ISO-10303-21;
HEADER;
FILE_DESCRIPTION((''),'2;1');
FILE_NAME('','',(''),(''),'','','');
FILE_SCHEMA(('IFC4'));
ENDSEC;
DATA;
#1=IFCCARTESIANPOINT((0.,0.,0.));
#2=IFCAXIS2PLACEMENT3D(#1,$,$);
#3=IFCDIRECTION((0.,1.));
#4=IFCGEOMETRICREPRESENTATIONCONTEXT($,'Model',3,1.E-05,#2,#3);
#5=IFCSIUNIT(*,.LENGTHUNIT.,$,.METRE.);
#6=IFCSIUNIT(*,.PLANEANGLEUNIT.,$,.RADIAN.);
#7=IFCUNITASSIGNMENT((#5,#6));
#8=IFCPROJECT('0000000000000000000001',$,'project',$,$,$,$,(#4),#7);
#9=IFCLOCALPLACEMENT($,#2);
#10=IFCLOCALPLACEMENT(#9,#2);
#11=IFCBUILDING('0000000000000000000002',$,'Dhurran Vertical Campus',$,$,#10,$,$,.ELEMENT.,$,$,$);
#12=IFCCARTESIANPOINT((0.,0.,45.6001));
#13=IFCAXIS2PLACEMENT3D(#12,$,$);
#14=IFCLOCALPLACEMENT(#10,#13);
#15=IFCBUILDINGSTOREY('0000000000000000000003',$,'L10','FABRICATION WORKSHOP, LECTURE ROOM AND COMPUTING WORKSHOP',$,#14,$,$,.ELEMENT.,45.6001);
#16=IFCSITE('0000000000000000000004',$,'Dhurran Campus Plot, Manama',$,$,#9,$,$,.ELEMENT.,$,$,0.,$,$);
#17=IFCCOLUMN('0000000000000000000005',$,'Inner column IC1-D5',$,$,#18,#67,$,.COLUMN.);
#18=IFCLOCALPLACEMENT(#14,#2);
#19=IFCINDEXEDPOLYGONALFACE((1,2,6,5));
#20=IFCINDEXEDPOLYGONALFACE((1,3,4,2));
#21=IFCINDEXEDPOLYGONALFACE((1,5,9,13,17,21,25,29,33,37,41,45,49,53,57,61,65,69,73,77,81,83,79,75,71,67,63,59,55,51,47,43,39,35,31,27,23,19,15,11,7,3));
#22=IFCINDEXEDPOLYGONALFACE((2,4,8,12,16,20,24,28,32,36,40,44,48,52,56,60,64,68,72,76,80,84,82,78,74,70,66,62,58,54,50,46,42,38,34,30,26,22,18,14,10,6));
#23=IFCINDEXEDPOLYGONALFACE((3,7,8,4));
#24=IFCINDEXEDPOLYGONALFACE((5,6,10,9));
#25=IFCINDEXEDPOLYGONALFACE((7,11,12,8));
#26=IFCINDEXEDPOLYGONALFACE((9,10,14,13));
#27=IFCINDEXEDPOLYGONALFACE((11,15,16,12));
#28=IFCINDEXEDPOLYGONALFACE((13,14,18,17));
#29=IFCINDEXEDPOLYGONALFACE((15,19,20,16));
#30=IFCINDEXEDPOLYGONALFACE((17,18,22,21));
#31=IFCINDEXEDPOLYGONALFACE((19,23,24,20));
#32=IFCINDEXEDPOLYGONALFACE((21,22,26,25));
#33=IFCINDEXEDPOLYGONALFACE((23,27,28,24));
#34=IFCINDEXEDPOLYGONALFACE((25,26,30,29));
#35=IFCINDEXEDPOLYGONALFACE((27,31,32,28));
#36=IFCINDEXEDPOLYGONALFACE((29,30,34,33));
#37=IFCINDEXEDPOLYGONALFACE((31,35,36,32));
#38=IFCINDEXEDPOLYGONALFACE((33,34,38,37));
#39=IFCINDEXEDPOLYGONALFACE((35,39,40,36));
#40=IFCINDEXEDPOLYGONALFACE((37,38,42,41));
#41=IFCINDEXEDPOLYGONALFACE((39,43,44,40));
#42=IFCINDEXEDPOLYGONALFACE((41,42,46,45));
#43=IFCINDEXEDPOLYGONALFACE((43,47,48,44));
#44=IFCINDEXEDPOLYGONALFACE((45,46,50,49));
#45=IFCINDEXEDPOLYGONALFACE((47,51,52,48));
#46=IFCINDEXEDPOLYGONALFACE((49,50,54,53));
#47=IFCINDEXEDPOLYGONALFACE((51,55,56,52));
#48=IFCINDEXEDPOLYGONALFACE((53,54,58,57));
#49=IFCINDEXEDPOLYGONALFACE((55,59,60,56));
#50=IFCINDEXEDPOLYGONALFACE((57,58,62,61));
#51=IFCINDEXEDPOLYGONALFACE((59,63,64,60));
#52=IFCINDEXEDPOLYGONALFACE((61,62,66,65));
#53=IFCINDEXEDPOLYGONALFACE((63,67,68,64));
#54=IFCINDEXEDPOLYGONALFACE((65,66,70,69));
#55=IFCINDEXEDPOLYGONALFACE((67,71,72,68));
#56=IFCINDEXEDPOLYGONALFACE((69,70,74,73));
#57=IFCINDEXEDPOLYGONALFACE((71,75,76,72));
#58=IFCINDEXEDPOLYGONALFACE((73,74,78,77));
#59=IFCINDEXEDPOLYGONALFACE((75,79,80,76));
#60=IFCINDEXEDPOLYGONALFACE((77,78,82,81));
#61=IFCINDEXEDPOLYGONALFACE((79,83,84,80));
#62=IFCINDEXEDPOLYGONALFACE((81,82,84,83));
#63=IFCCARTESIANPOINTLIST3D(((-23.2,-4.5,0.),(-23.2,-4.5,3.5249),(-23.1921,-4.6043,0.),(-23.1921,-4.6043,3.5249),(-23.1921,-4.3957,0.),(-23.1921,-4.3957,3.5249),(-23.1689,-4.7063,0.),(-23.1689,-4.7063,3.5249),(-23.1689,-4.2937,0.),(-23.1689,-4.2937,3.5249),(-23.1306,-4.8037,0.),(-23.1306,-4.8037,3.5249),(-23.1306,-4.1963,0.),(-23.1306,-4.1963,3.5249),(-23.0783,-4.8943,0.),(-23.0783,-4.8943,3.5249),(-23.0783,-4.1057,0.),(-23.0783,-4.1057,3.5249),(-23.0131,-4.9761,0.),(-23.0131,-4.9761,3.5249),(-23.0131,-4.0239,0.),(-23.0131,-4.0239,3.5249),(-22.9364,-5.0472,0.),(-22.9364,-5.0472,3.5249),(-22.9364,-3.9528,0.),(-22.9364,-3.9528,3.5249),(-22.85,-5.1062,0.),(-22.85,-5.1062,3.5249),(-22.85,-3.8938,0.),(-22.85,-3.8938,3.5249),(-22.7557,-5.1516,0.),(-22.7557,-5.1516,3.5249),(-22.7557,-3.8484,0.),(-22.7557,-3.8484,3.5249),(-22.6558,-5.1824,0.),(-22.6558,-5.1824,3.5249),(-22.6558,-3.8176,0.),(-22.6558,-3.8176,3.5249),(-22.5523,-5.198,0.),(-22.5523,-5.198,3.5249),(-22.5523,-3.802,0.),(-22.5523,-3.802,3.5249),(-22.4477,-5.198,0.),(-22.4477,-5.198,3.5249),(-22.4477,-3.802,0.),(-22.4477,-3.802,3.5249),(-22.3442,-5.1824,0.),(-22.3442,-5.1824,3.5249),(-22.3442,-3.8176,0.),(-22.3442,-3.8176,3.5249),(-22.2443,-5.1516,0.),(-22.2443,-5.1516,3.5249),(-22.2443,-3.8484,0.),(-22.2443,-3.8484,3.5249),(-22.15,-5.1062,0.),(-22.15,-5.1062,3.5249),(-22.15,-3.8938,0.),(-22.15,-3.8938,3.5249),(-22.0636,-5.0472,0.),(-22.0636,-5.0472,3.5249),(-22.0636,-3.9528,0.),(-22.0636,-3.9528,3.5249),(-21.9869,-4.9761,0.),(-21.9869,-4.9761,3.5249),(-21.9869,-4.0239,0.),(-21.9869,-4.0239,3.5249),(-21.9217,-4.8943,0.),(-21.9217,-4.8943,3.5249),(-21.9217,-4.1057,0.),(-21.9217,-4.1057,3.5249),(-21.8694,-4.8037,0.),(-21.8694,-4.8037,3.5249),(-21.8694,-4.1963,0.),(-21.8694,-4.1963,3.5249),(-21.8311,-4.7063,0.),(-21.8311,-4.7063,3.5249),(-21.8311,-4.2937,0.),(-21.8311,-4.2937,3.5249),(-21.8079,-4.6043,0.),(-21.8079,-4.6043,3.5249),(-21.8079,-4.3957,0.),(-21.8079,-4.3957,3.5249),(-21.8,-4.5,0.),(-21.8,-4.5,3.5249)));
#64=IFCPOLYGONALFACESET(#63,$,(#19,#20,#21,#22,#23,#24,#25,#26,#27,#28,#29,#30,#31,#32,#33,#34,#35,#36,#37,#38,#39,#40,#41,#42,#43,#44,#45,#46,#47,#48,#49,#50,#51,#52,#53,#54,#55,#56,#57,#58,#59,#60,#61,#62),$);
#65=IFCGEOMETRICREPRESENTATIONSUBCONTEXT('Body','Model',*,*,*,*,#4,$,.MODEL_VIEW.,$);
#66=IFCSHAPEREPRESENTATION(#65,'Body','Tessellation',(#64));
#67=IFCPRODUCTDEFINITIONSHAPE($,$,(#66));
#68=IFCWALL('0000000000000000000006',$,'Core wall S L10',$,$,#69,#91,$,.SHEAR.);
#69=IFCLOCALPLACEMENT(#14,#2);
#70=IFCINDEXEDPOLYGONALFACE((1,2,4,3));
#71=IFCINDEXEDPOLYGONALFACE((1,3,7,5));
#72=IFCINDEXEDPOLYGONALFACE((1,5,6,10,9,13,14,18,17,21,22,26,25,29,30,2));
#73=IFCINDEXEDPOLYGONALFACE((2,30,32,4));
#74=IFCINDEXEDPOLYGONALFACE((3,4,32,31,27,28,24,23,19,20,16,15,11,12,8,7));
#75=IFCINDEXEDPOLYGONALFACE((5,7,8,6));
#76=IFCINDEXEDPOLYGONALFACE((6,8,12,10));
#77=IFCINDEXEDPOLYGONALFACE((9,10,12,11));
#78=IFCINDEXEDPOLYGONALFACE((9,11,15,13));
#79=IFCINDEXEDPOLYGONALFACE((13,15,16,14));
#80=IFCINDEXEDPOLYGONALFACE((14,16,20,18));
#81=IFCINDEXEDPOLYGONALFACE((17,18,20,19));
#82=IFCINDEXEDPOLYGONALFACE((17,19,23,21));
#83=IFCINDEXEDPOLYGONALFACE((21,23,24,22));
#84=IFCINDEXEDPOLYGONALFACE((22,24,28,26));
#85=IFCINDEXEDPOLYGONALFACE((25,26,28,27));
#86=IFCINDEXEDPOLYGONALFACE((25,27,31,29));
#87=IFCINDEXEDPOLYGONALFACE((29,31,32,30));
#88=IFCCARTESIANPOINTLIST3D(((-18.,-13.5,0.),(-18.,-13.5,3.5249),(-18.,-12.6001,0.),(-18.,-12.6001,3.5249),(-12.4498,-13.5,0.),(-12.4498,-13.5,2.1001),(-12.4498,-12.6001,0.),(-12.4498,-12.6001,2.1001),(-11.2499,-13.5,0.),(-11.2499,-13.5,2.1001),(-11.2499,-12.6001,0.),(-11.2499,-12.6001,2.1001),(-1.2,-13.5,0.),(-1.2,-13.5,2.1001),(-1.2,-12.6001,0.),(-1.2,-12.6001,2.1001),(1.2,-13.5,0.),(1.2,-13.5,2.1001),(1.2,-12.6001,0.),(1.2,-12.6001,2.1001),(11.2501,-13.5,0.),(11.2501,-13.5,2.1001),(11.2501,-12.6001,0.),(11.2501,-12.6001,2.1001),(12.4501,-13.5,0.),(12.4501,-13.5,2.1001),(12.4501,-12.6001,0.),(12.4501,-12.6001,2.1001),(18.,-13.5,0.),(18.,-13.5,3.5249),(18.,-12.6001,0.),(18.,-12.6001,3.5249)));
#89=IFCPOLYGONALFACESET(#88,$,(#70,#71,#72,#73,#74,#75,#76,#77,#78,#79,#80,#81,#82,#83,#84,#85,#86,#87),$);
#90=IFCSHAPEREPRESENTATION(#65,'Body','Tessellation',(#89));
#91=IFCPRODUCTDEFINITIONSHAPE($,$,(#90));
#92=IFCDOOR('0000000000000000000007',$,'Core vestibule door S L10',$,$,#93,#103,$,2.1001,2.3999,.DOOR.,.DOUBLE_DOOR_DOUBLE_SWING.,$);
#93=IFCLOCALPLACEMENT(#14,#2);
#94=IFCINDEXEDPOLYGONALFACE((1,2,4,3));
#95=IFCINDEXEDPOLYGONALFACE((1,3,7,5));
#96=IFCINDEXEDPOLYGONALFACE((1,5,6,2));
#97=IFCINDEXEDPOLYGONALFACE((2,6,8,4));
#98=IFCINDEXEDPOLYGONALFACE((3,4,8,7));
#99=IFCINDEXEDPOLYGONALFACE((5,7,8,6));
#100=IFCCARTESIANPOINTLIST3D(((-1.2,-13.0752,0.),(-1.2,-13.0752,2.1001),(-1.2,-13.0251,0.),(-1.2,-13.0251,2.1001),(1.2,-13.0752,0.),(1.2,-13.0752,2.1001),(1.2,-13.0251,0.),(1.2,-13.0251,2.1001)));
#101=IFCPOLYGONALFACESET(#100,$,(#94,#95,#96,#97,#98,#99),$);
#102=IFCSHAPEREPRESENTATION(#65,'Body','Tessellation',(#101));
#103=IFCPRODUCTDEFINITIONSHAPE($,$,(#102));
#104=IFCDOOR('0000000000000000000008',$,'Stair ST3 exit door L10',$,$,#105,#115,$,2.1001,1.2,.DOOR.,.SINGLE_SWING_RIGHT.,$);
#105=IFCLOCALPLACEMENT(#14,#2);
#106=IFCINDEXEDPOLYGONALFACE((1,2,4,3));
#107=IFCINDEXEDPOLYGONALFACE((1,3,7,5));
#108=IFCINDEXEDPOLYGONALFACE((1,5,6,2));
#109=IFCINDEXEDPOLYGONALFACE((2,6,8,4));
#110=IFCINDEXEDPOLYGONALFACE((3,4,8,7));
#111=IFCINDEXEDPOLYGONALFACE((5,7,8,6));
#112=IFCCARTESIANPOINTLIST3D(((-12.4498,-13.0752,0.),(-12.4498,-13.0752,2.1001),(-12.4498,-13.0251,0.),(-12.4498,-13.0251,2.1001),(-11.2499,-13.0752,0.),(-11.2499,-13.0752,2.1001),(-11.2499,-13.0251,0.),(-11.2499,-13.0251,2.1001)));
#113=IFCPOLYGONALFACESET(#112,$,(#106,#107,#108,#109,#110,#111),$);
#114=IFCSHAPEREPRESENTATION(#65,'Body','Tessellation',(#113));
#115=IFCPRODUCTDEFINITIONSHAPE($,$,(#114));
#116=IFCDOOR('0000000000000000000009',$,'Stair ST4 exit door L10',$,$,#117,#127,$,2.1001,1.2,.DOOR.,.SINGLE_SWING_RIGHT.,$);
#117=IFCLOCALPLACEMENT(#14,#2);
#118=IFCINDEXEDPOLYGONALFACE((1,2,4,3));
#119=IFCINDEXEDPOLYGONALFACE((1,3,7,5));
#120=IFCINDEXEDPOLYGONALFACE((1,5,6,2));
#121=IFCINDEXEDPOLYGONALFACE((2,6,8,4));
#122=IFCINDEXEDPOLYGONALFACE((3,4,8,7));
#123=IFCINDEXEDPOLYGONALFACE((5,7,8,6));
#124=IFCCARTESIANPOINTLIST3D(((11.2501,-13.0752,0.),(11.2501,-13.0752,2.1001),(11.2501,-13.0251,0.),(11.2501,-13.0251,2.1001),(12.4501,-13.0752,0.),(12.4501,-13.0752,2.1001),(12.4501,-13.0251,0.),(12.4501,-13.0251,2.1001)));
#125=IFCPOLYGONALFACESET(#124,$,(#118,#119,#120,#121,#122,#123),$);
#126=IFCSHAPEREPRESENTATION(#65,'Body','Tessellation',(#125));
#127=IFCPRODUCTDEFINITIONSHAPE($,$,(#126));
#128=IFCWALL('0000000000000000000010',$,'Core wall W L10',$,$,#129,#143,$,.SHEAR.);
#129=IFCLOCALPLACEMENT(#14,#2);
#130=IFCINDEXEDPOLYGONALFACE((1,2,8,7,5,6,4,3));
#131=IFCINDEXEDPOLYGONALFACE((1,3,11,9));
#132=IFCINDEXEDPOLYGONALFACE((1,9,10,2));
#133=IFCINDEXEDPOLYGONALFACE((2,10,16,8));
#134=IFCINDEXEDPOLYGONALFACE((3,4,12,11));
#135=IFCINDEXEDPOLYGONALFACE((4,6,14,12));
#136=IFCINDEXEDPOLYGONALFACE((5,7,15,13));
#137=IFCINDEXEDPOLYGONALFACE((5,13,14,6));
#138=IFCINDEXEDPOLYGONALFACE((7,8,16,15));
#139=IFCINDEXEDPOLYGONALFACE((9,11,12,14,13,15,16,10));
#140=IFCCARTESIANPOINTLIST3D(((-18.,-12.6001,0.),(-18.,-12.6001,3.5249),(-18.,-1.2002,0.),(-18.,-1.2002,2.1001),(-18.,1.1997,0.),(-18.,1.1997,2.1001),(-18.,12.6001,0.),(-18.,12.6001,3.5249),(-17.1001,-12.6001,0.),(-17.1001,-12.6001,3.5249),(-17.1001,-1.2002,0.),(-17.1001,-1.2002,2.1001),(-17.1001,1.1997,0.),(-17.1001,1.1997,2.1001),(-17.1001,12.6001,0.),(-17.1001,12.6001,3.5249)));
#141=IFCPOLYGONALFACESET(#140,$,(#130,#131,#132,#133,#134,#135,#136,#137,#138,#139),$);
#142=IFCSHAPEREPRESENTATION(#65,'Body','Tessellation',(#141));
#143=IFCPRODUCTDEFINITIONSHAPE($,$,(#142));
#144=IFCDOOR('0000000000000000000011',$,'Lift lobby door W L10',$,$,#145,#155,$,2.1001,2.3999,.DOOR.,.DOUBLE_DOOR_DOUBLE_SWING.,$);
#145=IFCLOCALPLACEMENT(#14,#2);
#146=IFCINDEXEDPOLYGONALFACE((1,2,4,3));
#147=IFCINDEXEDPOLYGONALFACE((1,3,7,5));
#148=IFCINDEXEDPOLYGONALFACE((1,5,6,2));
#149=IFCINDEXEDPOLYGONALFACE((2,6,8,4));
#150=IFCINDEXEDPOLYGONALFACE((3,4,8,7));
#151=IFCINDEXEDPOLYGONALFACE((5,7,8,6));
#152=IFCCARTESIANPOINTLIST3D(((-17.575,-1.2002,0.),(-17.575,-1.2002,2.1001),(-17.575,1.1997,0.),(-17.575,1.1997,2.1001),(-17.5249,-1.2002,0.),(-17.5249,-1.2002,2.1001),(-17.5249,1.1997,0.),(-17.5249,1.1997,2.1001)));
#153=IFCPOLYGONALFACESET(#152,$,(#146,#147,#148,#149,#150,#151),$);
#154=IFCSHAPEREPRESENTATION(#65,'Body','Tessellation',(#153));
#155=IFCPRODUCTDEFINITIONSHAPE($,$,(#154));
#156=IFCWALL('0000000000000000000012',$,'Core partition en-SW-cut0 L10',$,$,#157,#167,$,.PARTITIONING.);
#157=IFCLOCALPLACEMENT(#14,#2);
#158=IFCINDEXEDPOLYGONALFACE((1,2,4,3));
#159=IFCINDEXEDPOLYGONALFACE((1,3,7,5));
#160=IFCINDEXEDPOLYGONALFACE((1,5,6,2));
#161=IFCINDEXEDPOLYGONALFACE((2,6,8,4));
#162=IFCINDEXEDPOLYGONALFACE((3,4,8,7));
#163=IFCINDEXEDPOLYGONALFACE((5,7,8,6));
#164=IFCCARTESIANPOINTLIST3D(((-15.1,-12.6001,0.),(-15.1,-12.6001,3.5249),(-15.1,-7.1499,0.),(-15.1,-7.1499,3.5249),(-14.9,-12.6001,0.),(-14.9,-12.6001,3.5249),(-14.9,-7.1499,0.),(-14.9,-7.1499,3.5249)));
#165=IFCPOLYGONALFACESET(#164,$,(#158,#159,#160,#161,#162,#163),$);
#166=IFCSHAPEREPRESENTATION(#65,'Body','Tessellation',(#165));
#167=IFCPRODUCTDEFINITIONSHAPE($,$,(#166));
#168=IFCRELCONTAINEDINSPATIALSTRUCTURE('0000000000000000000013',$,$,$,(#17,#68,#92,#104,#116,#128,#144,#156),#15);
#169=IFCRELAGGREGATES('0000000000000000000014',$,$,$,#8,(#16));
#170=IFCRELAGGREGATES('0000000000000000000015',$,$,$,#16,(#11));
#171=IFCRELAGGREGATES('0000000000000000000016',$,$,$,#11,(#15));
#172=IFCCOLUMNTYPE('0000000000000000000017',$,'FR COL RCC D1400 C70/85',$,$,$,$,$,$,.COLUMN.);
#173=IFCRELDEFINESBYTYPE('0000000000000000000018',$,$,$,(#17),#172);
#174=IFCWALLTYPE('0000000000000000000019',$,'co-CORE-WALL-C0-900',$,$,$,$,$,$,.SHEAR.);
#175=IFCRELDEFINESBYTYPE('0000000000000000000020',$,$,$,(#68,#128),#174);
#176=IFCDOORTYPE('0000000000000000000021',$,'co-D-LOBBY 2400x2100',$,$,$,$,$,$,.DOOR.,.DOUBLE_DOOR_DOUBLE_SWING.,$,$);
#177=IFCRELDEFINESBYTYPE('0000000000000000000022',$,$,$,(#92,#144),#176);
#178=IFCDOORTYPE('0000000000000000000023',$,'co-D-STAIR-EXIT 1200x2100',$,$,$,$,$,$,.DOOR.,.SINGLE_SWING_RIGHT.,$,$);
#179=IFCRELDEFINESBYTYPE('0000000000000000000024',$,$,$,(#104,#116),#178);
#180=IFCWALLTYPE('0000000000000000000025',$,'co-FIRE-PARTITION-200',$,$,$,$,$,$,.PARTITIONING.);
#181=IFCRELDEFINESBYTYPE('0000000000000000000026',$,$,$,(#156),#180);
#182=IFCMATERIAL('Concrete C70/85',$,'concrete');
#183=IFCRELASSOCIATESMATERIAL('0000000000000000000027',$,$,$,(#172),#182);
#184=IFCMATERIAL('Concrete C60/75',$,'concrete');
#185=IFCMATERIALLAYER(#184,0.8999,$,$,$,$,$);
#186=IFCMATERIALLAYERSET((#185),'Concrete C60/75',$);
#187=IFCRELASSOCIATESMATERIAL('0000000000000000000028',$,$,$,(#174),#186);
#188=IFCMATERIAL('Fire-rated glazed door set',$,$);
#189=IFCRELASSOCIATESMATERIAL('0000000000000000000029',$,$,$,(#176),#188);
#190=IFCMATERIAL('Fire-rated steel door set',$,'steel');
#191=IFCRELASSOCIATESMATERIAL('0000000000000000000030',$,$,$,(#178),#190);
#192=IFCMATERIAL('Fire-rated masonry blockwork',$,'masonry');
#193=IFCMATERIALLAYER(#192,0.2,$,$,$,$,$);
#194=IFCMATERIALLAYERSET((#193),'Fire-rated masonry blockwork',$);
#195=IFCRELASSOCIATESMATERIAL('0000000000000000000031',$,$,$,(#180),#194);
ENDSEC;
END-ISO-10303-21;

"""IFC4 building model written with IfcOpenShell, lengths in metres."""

from ifc_helpers import new_model, si_unit, direction, frame, frame_2d, origin, origin_2d, place, context, subcontext, project, spatial, rectangle, circle, extrude, material, layer, layer_set, material_profile, profile_set, type_object, element, fill, save


model = new_model("IFC4")

# Units and contexts
model_context = context("Model", 3, precision=1e-05, world=origin(), true_north=direction((0.0, 1.0)))
body_context = subcontext(model_context, "Body", "Model", "MODEL_VIEW")
ifc_project = project(units=[si_unit("LENGTHUNIT", "METRE"), si_unit("PLANEANGLEUNIT", "RADIAN")], contexts=[model_context])

# Site, building, storey
site_placement = place(None, origin())
site = spatial("IfcSite", under=ifc_project, at=site_placement, Name="Dhurran Campus Plot, Manama", CompositionType="ELEMENT", RefElevation=0.0)
building_placement = place(site_placement, origin())
building = spatial("IfcBuilding", under=site, at=building_placement, Name="Dhurran Vertical Campus", CompositionType="ELEMENT")
storey_placement = place(building_placement, frame((0.0, 0.0, 45.6001)))
storey = spatial("IfcBuildingStorey", under=building, at=storey_placement, Name="L10", Description="FABRICATION WORKSHOP, LECTURE ROOM AND COMPUTING WORKSHOP", CompositionType="ELEMENT", Elevation=45.6001)

# Column
ifc_material_1 = material(Name="Concrete C70/85", Category="concrete")
ifc_material_profile = material_profile(ifc_material_1, circle(Radius=0.7, at=origin_2d()), Name="RCC D1400")
ifc_profile_set = profile_set([ifc_material_profile], Name="Concrete C70/85")
column_type = type_object("IfcColumnType", Name="FR COL RCC D1400 C70/85", PredefinedType="COLUMN", material=ifc_profile_set)
column_placement = place(storey_placement, frame((-22.5, -4.5, 0.0), z_axis=(0.0, 0.0, 1.0), x_axis=(1.0, 0.0, 0.0)))
element("IfcColumn", 1, at=column_placement, inside=storey, type_object=column_type, Name="Inner column IC1-D5", PredefinedType="COLUMN", context=body_context, shape_type="SweptSolid", body=[
    extrude(circle(Radius=0.7, at=origin_2d()), origin(), (0.0, 0.0, 1.0), 3.5249),
])

# Wall, openings, doors
ifc_material_2 = material(Name="Concrete C60/75", Category="concrete")
ifc_layer_1 = layer(ifc_material_2, 0.8999)
ifc_layer_set_1 = layer_set([ifc_layer_1], Name="Concrete C60/75")
wall_type_1 = type_object("IfcWallType", Name="co-CORE-WALL-C0-900", PredefinedType="SHEAR", material=ifc_layer_set_1)
wall_1_placement = place(storey_placement, frame((-18.0, -13.05, 0.0), z_axis=(0.0, 0.0, 1.0), x_axis=(1.0, 0.0, 0.0)))
wall_1 = element("IfcWall", 2, at=wall_1_placement, inside=storey, type_object=wall_type_1, Name="Core wall S L10", PredefinedType="SHEAR", context=body_context, shape_type="SweptSolid", body=[
    extrude(rectangle(XDim=36.0, YDim=0.8999, at=frame_2d((18.0, 0.0))), origin(), (0.0, 0.0, 1.0), 3.5249),
])
opening_1_placement = place(wall_1_placement, frame((16.8, 0.0, 0.0)))
opening_1 = element("IfcOpeningElement", 3, at=opening_1_placement, cuts=wall_1, PredefinedType="OPENING", context=body_context, shape_type="SweptSolid", body=[
    extrude(rectangle(XDim=2.3999, YDim=2.1001, at=frame_2d((1.2, 1.05))), frame((0.0, 0.46, 0.0), z_axis=(0.0, -1.0, 0.0), x_axis=(1.0, 0.0, 0.0)), (0.0, 0.0, 1.0), 0.9199),
])
opening_2_placement = place(wall_1_placement, frame((5.55, 0.0, 0.0)))
opening_2 = element("IfcOpeningElement", 4, at=opening_2_placement, cuts=wall_1, PredefinedType="OPENING", context=body_context, shape_type="SweptSolid", body=[
    extrude(rectangle(XDim=1.2, YDim=2.1001, at=frame_2d((0.6001, 1.05))), frame((0.0, 0.46, 0.0), z_axis=(0.0, -1.0, 0.0), x_axis=(1.0, 0.0, 0.0)), (0.0, 0.0, 1.0), 0.9199),
])
opening_3_placement = place(wall_1_placement, frame((29.25, 0.0, 0.0)))
opening_3 = element("IfcOpeningElement", 5, at=opening_3_placement, cuts=wall_1, PredefinedType="OPENING", context=body_context, shape_type="SweptSolid", body=[
    extrude(rectangle(XDim=1.2, YDim=2.1001, at=frame_2d((0.6001, 1.05))), frame((0.0, 0.46, 0.0), z_axis=(0.0, -1.0, 0.0), x_axis=(1.0, 0.0, 0.0)), (0.0, 0.0, 1.0), 0.9199),
])
ifc_material_3 = material(Name="Fire-rated glazed door set")
door_type_1 = type_object("IfcDoorType", Name="co-D-LOBBY 2400x2100", OperationType="DOUBLE_DOOR_DOUBLE_SWING", PredefinedType="DOOR", material=ifc_material_3)
door_1_placement = place(opening_1_placement, origin())
door_1 = element("IfcDoor", 6, at=door_1_placement, inside=storey, type_object=door_type_1, Name="Core vestibule door S L10", OperationType="DOUBLE_DOOR_DOUBLE_SWING", OverallHeight=2.1001, OverallWidth=2.3999, PredefinedType="DOOR", context=body_context, shape_type="SweptSolid", body=[
    extrude(rectangle(XDim=2.3999, YDim=2.1001, at=frame_2d((1.2, 1.05))), frame((0.0, 0.0249, 0.0), z_axis=(0.0, -1.0, 0.0), x_axis=(1.0, 0.0, 0.0)), (0.0, 0.0, 1.0), 0.05),
])
fill(opening_1, door_1)
ifc_material_4 = material(Name="Fire-rated steel door set", Category="steel")
door_type_2 = type_object("IfcDoorType", Name="co-D-STAIR-EXIT 1200x2100", OperationType="SINGLE_SWING_RIGHT", PredefinedType="DOOR", material=ifc_material_4)
door_2_placement = place(opening_2_placement, origin())
door_2 = element("IfcDoor", 7, at=door_2_placement, inside=storey, type_object=door_type_2, Name="Stair ST3 exit door L10", OperationType="SINGLE_SWING_RIGHT", OverallHeight=2.1001, OverallWidth=1.2, PredefinedType="DOOR", context=body_context, shape_type="SweptSolid", body=[
    extrude(rectangle(XDim=1.2, YDim=2.1001, at=frame_2d((0.6001, 1.05))), frame((0.0, 0.0249, 0.0), z_axis=(0.0, -1.0, 0.0), x_axis=(1.0, 0.0, 0.0)), (0.0, 0.0, 1.0), 0.05),
])
fill(opening_2, door_2)
door_3_placement = place(opening_3_placement, origin())
door_3 = element("IfcDoor", 8, at=door_3_placement, inside=storey, type_object=door_type_2, Name="Stair ST4 exit door L10", OperationType="SINGLE_SWING_RIGHT", OverallHeight=2.1001, OverallWidth=1.2, PredefinedType="DOOR", context=body_context, shape_type="SweptSolid", body=[
    extrude(rectangle(XDim=1.2, YDim=2.1001, at=frame_2d((0.6001, 1.05))), frame((0.0, 0.0249, 0.0), z_axis=(0.0, -1.0, 0.0), x_axis=(1.0, 0.0, 0.0)), (0.0, 0.0, 1.0), 0.05),
])
fill(opening_3, door_3)

# Wall, opening, door
wall_2_placement = place(storey_placement, frame((-17.55, -12.6001, 0.0), z_axis=(0.0, 0.0, 1.0), x_axis=(0.0, 1.0, 0.0)))
wall_2 = element("IfcWall", 9, at=wall_2_placement, inside=storey, type_object=wall_type_1, Name="Core wall W L10", PredefinedType="SHEAR", context=body_context, shape_type="SweptSolid", body=[
    extrude(rectangle(XDim=25.2002, YDim=0.8999, at=frame_2d((12.6001, 0.0))), origin(), (0.0, 0.0, 1.0), 3.5249),
])
opening_4_placement = place(wall_2_placement, frame((11.3999, 0.0, 0.0)))
opening_4 = element("IfcOpeningElement", 10, at=opening_4_placement, cuts=wall_2, PredefinedType="OPENING", context=body_context, shape_type="SweptSolid", body=[
    extrude(rectangle(XDim=2.3999, YDim=2.1001, at=frame_2d((1.2, 1.05))), frame((0.0, 0.46, 0.0), z_axis=(0.0, -1.0, 0.0), x_axis=(1.0, 0.0, 0.0)), (0.0, 0.0, 1.0), 0.9199),
])
door_4_placement = place(opening_4_placement, origin())
door_4 = element("IfcDoor", 11, at=door_4_placement, inside=storey, type_object=door_type_1, Name="Lift lobby door W L10", OperationType="DOUBLE_DOOR_DOUBLE_SWING", OverallHeight=2.1001, OverallWidth=2.3999, PredefinedType="DOOR", context=body_context, shape_type="SweptSolid", body=[
    extrude(rectangle(XDim=2.3999, YDim=2.1001, at=frame_2d((1.2, 1.05))), frame((0.0, 0.0249, 0.0), z_axis=(0.0, -1.0, 0.0), x_axis=(1.0, 0.0, 0.0)), (0.0, 0.0, 1.0), 0.05),
])
fill(opening_4, door_4)

# Wall
ifc_material_5 = material(Name="Fire-rated masonry blockwork", Category="masonry")
ifc_layer_2 = layer(ifc_material_5, 0.2)
ifc_layer_set_2 = layer_set([ifc_layer_2], Name="Fire-rated masonry blockwork")
wall_type_2 = type_object("IfcWallType", Name="co-FIRE-PARTITION-200", PredefinedType="PARTITIONING", material=ifc_layer_set_2)
wall_3_placement = place(storey_placement, frame((-15.0, -12.6001, 0.0), z_axis=(0.0, 0.0, 1.0), x_axis=(0.0, 1.0, 0.0)))
element("IfcWall", 12, at=wall_3_placement, inside=storey, type_object=wall_type_2, Name="Core partition en-SW-cut0 L10", PredefinedType="PARTITIONING", context=body_context, shape_type="SweptSolid", body=[
    extrude(rectangle(XDim=5.4502, YDim=0.2, at=frame_2d((2.7251, 0.0))), origin(), (0.0, 0.0, 1.0), 3.5249),
])

save(model, "model.ifc")
